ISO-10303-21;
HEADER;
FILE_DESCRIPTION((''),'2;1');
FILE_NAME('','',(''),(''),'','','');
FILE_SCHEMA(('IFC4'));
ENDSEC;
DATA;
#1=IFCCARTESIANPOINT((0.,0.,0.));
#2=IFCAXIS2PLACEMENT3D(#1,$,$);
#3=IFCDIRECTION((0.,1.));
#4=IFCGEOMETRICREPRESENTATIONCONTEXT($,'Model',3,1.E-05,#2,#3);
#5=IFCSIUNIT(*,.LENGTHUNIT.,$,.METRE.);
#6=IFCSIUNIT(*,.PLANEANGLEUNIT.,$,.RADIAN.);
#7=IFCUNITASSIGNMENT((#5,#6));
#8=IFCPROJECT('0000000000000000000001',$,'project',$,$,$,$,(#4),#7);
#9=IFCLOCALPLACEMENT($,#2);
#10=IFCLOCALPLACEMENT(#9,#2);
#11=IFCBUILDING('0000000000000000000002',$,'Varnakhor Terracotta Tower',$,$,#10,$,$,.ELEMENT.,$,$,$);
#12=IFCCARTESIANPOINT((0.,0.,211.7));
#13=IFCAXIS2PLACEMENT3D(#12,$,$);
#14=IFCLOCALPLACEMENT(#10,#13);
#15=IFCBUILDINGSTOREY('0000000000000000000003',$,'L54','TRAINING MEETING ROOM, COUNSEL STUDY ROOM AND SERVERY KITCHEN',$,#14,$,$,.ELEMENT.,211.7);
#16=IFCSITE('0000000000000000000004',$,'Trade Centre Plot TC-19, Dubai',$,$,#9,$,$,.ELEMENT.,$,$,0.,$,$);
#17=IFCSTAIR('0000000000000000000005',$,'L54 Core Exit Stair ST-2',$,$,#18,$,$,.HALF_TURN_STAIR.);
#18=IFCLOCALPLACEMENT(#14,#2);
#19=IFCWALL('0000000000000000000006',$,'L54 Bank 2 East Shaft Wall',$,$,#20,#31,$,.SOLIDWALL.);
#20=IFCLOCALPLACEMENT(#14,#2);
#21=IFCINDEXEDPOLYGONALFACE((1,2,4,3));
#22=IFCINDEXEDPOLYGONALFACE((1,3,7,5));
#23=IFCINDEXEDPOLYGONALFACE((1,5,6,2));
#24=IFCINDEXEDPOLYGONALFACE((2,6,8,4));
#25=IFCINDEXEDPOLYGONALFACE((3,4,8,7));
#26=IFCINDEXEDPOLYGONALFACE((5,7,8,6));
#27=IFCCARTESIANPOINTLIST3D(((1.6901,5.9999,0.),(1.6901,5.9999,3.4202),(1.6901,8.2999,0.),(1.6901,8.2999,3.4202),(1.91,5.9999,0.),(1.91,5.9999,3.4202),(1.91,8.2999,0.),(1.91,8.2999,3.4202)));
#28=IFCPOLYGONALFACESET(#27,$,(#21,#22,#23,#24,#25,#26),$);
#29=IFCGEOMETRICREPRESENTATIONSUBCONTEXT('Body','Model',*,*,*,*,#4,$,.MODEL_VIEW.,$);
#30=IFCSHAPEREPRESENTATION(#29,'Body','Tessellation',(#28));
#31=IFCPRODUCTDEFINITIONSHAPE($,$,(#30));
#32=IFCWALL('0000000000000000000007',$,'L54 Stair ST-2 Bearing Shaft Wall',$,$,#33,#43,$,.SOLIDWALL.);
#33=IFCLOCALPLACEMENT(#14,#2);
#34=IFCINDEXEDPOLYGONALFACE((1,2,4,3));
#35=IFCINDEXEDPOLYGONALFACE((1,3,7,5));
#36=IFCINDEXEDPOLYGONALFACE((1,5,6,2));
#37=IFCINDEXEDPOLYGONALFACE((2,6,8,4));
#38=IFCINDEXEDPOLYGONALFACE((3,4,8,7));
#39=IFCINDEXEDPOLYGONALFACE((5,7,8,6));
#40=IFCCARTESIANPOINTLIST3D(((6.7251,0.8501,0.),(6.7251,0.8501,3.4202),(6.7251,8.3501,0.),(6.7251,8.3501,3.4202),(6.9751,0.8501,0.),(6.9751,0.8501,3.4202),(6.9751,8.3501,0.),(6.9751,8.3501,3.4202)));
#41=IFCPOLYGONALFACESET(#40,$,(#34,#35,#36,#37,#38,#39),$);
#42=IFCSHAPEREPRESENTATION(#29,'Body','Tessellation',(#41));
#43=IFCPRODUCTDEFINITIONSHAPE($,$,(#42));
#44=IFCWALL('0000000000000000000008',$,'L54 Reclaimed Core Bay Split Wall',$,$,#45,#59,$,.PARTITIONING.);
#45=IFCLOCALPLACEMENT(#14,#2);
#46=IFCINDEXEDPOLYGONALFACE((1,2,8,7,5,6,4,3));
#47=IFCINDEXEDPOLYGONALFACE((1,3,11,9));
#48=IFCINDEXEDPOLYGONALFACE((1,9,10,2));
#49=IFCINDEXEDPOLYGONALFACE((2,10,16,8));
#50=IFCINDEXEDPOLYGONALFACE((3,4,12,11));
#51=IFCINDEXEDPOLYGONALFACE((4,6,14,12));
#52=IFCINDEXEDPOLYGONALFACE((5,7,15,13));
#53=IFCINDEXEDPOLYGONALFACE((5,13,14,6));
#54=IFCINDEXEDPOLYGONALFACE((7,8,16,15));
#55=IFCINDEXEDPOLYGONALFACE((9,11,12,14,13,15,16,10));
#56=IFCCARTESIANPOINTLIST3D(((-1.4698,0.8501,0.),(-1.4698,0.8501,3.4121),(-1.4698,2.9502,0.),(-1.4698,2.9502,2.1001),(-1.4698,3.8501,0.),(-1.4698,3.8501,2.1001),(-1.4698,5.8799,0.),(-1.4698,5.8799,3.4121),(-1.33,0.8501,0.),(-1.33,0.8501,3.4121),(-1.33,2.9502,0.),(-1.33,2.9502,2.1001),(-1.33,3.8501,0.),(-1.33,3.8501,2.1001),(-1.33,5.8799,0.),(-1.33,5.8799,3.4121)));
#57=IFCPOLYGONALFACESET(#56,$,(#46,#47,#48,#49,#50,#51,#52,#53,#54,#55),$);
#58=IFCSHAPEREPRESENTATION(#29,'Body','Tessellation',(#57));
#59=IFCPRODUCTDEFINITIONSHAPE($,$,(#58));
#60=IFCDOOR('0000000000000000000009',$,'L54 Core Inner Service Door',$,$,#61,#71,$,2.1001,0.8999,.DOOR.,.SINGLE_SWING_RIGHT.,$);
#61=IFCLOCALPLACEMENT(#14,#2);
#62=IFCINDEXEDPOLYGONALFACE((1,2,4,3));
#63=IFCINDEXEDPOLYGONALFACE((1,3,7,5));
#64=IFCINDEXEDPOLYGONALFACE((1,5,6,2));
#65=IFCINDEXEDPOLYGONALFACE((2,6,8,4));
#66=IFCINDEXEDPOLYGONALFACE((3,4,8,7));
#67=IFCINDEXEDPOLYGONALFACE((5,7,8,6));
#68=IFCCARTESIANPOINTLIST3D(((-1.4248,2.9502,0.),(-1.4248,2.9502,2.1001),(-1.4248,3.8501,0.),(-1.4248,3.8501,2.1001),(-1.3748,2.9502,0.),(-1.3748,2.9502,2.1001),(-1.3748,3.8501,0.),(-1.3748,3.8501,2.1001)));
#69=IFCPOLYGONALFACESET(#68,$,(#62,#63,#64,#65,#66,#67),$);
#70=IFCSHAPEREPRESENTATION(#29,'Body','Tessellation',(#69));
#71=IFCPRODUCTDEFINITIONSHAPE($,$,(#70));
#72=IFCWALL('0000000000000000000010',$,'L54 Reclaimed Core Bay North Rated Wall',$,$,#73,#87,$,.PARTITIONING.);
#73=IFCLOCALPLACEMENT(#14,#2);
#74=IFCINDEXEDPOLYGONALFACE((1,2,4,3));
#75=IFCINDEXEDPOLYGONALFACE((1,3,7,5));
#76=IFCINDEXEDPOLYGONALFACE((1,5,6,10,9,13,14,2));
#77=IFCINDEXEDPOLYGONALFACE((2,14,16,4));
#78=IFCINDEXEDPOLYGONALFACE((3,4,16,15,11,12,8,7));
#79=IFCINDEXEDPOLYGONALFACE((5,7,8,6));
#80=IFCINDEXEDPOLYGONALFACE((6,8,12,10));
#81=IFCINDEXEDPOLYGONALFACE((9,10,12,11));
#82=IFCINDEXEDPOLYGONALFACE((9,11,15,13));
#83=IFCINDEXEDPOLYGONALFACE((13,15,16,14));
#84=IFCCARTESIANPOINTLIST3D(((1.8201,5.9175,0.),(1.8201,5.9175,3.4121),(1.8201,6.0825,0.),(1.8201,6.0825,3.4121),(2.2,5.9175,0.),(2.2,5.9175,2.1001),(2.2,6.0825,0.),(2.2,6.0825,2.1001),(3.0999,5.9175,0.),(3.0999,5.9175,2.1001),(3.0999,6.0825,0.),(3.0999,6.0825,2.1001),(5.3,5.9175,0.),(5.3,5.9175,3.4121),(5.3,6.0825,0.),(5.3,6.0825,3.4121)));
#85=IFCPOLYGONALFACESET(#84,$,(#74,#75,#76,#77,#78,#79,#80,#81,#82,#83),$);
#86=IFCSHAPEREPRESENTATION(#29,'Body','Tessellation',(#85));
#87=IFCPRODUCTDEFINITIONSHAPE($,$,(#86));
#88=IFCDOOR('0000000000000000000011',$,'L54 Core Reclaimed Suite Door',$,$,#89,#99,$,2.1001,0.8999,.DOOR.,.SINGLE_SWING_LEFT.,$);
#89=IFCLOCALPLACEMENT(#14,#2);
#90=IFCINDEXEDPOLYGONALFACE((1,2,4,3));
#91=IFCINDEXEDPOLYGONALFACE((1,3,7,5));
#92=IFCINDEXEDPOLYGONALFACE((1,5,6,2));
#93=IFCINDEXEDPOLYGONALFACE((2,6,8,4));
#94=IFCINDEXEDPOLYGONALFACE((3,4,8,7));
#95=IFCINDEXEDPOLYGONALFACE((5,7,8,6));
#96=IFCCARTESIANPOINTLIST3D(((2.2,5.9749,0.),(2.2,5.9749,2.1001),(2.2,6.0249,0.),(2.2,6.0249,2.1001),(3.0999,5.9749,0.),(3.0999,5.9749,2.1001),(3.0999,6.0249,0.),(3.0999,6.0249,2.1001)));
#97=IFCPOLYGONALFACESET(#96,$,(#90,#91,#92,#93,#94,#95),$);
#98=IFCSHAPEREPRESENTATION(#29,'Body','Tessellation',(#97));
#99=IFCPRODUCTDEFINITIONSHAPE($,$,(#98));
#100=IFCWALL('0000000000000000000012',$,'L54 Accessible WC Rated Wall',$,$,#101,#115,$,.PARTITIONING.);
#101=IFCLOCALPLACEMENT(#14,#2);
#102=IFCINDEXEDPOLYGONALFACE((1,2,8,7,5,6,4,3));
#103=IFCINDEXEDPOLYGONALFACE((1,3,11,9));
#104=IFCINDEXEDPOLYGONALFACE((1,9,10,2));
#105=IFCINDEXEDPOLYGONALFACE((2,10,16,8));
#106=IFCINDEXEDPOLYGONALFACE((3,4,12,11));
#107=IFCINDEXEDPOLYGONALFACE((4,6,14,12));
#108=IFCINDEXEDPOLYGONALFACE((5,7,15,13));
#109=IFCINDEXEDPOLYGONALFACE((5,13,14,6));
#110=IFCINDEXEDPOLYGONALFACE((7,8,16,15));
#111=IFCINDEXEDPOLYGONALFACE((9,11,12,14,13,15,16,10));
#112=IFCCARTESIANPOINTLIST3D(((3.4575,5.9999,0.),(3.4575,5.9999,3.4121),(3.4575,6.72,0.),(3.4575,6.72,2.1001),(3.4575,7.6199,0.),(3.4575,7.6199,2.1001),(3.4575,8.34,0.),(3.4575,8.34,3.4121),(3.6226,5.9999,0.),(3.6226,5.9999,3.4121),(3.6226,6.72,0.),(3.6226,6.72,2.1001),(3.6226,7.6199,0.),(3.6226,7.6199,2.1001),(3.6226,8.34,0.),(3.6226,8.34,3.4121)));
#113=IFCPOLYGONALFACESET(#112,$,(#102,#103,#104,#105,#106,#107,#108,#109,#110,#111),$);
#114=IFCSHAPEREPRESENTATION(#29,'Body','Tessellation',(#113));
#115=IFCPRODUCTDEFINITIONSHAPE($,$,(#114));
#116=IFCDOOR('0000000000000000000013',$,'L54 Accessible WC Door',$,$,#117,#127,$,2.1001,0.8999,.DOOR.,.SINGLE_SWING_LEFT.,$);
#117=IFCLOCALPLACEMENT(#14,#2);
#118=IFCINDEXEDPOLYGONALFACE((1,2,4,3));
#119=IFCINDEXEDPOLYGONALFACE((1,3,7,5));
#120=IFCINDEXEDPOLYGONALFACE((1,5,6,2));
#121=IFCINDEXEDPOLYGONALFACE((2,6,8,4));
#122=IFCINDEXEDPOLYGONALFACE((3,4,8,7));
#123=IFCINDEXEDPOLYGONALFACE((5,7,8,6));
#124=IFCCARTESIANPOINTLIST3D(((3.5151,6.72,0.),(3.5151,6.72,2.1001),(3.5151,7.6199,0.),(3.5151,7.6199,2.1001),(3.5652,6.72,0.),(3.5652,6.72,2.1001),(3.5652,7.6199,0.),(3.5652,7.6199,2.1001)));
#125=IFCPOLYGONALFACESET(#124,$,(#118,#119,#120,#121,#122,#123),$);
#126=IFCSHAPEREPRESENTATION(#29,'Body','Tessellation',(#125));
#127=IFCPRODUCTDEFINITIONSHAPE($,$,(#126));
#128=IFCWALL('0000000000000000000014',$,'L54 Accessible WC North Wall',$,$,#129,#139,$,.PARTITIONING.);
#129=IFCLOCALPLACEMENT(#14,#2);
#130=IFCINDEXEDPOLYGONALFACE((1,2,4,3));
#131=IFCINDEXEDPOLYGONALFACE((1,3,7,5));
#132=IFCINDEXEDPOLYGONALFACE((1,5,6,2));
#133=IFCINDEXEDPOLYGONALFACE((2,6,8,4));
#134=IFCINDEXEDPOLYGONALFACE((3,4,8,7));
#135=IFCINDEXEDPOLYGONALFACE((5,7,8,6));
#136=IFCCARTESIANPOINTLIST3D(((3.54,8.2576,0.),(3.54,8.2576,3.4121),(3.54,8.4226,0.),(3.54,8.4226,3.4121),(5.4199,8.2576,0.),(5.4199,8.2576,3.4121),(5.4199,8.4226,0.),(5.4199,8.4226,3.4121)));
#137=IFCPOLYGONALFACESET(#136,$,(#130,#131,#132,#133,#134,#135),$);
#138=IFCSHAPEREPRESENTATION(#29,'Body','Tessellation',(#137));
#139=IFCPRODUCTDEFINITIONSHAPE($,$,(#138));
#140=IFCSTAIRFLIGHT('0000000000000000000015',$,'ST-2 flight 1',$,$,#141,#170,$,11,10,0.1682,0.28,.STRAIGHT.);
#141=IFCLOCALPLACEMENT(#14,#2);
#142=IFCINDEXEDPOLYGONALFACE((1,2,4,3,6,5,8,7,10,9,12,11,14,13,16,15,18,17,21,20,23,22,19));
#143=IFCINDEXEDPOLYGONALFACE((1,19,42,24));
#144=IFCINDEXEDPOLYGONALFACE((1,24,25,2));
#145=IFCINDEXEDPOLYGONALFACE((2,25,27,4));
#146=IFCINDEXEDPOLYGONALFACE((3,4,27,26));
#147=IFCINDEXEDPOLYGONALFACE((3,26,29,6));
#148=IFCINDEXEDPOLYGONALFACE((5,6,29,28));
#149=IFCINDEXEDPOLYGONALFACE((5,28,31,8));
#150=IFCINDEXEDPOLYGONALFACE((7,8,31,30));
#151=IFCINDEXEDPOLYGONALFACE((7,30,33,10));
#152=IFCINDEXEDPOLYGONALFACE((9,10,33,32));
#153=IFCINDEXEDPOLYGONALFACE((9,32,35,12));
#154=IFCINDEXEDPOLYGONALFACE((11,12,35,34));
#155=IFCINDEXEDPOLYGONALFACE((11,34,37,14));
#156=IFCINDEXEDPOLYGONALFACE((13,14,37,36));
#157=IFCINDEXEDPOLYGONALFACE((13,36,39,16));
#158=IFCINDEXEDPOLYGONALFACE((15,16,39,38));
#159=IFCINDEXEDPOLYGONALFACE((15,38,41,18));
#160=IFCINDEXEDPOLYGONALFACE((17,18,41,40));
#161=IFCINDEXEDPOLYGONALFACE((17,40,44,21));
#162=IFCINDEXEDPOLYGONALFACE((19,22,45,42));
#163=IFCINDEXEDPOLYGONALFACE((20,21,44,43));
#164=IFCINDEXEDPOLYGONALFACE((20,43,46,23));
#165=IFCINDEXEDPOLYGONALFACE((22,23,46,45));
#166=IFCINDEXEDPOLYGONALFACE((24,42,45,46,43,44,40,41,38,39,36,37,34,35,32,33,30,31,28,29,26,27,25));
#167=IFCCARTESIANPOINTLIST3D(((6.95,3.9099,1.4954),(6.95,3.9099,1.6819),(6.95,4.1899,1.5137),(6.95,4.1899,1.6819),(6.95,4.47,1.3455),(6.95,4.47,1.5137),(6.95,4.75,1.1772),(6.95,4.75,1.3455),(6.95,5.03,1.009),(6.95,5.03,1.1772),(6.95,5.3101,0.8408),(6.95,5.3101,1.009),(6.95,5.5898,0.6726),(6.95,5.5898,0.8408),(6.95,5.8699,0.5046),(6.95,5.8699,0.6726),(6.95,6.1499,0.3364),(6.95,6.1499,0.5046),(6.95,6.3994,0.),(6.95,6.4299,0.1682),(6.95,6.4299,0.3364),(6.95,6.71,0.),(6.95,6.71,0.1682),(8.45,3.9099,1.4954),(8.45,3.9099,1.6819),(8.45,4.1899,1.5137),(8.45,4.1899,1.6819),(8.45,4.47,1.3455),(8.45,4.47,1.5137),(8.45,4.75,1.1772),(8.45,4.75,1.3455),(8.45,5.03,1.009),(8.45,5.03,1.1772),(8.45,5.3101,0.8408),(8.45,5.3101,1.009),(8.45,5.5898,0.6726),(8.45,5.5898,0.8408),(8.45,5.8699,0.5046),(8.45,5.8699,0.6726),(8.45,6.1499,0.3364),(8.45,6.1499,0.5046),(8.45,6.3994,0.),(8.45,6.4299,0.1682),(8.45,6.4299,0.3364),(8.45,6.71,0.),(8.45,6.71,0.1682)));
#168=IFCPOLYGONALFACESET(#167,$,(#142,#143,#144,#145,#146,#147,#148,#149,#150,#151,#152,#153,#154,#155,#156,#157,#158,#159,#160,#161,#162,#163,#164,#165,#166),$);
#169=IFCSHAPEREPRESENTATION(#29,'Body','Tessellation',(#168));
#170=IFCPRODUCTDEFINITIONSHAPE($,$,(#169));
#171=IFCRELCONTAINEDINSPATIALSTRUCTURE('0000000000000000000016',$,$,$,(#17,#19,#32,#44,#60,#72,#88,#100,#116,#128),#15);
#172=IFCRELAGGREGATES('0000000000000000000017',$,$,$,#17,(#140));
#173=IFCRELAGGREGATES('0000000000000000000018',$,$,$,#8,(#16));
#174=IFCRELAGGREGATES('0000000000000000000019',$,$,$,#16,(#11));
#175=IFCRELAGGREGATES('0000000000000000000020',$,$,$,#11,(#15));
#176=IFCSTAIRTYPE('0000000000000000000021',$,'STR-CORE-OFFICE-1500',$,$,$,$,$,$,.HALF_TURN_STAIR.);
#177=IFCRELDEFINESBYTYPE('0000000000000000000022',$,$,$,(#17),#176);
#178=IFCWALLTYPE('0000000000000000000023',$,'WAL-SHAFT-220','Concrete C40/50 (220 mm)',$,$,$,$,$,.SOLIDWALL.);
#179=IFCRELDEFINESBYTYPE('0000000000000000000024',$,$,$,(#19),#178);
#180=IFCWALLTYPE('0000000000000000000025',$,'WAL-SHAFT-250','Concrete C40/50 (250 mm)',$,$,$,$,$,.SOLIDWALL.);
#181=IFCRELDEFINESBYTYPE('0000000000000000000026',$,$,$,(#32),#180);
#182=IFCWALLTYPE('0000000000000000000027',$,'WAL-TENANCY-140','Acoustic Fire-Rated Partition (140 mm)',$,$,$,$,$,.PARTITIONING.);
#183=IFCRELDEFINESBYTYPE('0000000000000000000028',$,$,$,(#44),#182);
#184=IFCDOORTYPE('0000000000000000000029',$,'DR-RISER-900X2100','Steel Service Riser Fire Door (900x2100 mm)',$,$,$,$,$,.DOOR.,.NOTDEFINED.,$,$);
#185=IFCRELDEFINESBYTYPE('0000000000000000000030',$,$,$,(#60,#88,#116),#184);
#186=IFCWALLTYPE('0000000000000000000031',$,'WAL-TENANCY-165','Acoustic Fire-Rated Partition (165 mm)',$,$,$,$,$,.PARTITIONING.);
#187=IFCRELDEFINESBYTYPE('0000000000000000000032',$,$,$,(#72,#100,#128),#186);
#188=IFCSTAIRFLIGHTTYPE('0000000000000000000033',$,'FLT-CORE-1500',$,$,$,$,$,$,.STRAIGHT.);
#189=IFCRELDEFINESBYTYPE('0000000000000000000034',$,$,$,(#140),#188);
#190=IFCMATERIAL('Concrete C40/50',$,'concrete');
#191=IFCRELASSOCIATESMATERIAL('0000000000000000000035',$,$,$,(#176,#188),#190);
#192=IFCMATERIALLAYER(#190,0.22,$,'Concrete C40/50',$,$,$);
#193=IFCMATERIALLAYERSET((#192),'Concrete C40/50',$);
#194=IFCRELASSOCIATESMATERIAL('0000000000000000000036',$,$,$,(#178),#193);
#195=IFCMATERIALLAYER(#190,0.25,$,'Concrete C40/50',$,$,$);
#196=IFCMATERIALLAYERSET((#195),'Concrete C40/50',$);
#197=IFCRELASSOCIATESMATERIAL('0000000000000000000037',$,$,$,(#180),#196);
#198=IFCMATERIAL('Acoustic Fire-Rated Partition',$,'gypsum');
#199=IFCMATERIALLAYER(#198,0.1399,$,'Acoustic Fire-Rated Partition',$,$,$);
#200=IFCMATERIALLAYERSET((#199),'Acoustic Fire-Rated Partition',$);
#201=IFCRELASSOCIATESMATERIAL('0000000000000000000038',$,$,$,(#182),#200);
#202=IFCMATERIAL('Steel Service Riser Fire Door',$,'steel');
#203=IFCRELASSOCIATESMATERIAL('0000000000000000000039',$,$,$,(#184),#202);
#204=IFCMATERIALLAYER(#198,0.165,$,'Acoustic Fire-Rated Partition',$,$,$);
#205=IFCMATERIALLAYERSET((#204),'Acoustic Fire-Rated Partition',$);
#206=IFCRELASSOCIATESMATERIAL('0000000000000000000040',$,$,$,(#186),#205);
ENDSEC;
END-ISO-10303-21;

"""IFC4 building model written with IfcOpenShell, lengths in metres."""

from ifc_helpers import new_model, si_unit, direction, frame, frame_2d, origin, place, context, subcontext, project, spatial, polyline, rectangle, outline, extrude, source, transform, mapped, material, layer, layer_set, type_object, type_shapes, element, fill, aggregate, save


model = new_model("IFC4")

# Units and contexts
model_context = context("Model", 3, precision=1e-05, world=origin(), true_north=direction((0.0, 1.0)))
body_context = subcontext(model_context, "Body", "Model", "MODEL_VIEW")
ifc_project = project(units=[si_unit("LENGTHUNIT", "METRE"), si_unit("PLANEANGLEUNIT", "RADIAN")], contexts=[model_context])

# Site, building, storey
site_placement = place(None, origin())
site = spatial("IfcSite", under=ifc_project, at=site_placement, Name="Trade Centre Plot TC-19, Dubai", CompositionType="ELEMENT", RefElevation=0.0)
building_placement = place(site_placement, origin())
building = spatial("IfcBuilding", under=site, at=building_placement, Name="Varnakhor Terracotta Tower", CompositionType="ELEMENT")
storey_placement = place(building_placement, frame((0.0, 0.0, 211.7)))
storey = spatial("IfcBuildingStorey", under=building, at=storey_placement, Name="L54", Description="TRAINING MEETING ROOM, COUNSEL STUDY ROOM AND SERVERY KITCHEN", CompositionType="ELEMENT", Elevation=211.7)

# Stair
ifc_material_1 = material(Name="Concrete C40/50", Category="concrete")
stair_type = type_object("IfcStairType", Name="STR-CORE-OFFICE-1500", PredefinedType="HALF_TURN_STAIR", material=ifc_material_1)
stair_1_placement = place(storey_placement, origin())
stair_1 = element("IfcStair", 1, at=stair_1_placement, inside=storey, type_object=stair_type, Name="L54 Core Exit Stair ST-2", PredefinedType="HALF_TURN_STAIR")

# Walls
ifc_layer_1 = layer(ifc_material_1, 0.22, Name="Concrete C40/50")
ifc_layer_set_1 = layer_set([ifc_layer_1], Name="Concrete C40/50")
wall_type_1 = type_object("IfcWallType", Name="WAL-SHAFT-220", Description="Concrete C40/50 (220 mm)", PredefinedType="SOLIDWALL", material=ifc_layer_set_1)
wall_1_placement = place(storey_placement, frame((1.8, 6.0, 0.0), z_axis=(0.0, 0.0, 1.0), x_axis=(0.0, 1.0, 0.0)))
element("IfcWall", 2, at=wall_1_placement, inside=storey, type_object=wall_type_1, Name="L54 Bank 2 East Shaft Wall", PredefinedType="SOLIDWALL", context=body_context, shape_type="SweptSolid", body=[
    extrude(rectangle(XDim=2.3, YDim=0.22, at=frame_2d((1.1499, 0.0))), origin(), (0.0, 0.0, 1.0), 3.4202),
])
ifc_layer_2 = layer(ifc_material_1, 0.25, Name="Concrete C40/50")
ifc_layer_set_2 = layer_set([ifc_layer_2], Name="Concrete C40/50")
wall_type_2 = type_object("IfcWallType", Name="WAL-SHAFT-250", Description="Concrete C40/50 (250 mm)", PredefinedType="SOLIDWALL", material=ifc_layer_set_2)
wall_2_placement = place(storey_placement, frame((6.8501, 0.8501, 0.0), z_axis=(0.0, 0.0, 1.0), x_axis=(0.0, 1.0, 0.0)))
element("IfcWall", 3, at=wall_2_placement, inside=storey, type_object=wall_type_2, Name="L54 Stair ST-2 Bearing Shaft Wall", PredefinedType="SOLIDWALL", context=body_context, shape_type="SweptSolid", body=[
    extrude(rectangle(XDim=7.5, YDim=0.25, at=frame_2d((3.75, 0.0))), origin(), (0.0, 0.0, 1.0), 3.4202),
])

# Walls, openings, doors
ifc_material_2 = material(Name="Acoustic Fire-Rated Partition", Category="gypsum")
ifc_layer_3 = layer(ifc_material_2, 0.1399, Name="Acoustic Fire-Rated Partition")
ifc_layer_set_3 = layer_set([ifc_layer_3], Name="Acoustic Fire-Rated Partition")
wall_type_3 = type_object("IfcWallType", Name="WAL-TENANCY-140", Description="Acoustic Fire-Rated Partition (140 mm)", PredefinedType="PARTITIONING", material=ifc_layer_set_3)
wall_3_placement = place(storey_placement, frame((-1.3999, 0.8501, 0.0), z_axis=(0.0, 0.0, 1.0), x_axis=(0.0, 1.0, 0.0)))
wall_3 = element("IfcWall", 4, at=wall_3_placement, inside=storey, type_object=wall_type_3, Name="L54 Reclaimed Core Bay Split Wall", PredefinedType="PARTITIONING", context=body_context, shape_type="SweptSolid", body=[
    extrude(rectangle(XDim=5.0298, YDim=0.1399, at=frame_2d((2.5149, 0.0))), origin(), (0.0, 0.0, 1.0), 3.4121),
])
opening_1_placement = place(wall_3_placement, frame((2.1001, 0.0, 0.0)))
opening_1 = element("IfcOpeningElement", 5, at=opening_1_placement, cuts=wall_3, PredefinedType="OPENING", context=body_context, shape_type="SweptSolid", body=[
    extrude(rectangle(XDim=0.8999, YDim=2.1001, at=frame_2d((0.45, 1.05))), frame((0.0, 0.0801, 0.0), z_axis=(0.0, -1.0, 0.0), x_axis=(1.0, 0.0, 0.0)), (0.0, 0.0, 1.0), 0.1599),
])
ifc_material_3 = material(Name="Steel Service Riser Fire Door", Category="steel")
door_type_1 = type_object("IfcDoorType", Name="DR-RISER-900X2100", Description="Steel Service Riser Fire Door (900x2100 mm)", OperationType="NOTDEFINED", PredefinedType="DOOR", material=ifc_material_3)
shared_shape_1 = source(origin(), body_context, "Body", "SweptSolid", [
    extrude(rectangle(XDim=0.8999, YDim=2.1001, at=frame_2d((0.45, 1.05))), frame((0.0, 0.0249, 0.0), z_axis=(0.0, -1.0, 0.0), x_axis=(1.0, 0.0, 0.0)), (0.0, 0.0, 1.0), 0.05),
])
type_shapes(door_type_1, [shared_shape_1])
door_1_placement = place(opening_1_placement, origin())
door_1 = element("IfcDoor", 6, at=door_1_placement, inside=storey, type_object=door_type_1, Name="L54 Core Inner Service Door", OperationType="SINGLE_SWING_RIGHT", OverallHeight=2.1001, OverallWidth=0.8999, PredefinedType="DOOR", context=body_context, shape_type="MappedRepresentation", body=[
    mapped(shared_shape_1, transform((0.0, 0.0, 0.0), scale=1.0)),
])
fill(opening_1, door_1)
ifc_layer_4 = layer(ifc_material_2, 0.165, Name="Acoustic Fire-Rated Partition")
ifc_layer_set_4 = layer_set([ifc_layer_4], Name="Acoustic Fire-Rated Partition")
wall_type_4 = type_object("IfcWallType", Name="WAL-TENANCY-165", Description="Acoustic Fire-Rated Partition (165 mm)", PredefinedType="PARTITIONING", material=ifc_layer_set_4)
wall_4_placement = place(storey_placement, frame((1.8201, 6.0, 0.0), z_axis=(0.0, 0.0, 1.0), x_axis=(1.0, 0.0, 0.0)))
wall_4 = element("IfcWall", 7, at=wall_4_placement, inside=storey, type_object=wall_type_4, Name="L54 Reclaimed Core Bay North Rated Wall", PredefinedType="PARTITIONING", context=body_context, shape_type="SweptSolid", body=[
    extrude(rectangle(XDim=3.48, YDim=0.165, at=frame_2d((1.74, 0.0))), origin(), (0.0, 0.0, 1.0), 3.4121),
])
opening_2_placement = place(wall_4_placement, frame((0.3799, 0.0, 0.0)))
opening_2 = element("IfcOpeningElement", 8, at=opening_2_placement, cuts=wall_4, PredefinedType="OPENING", context=body_context, shape_type="SweptSolid", body=[
    extrude(rectangle(XDim=0.8999, YDim=2.1001, at=frame_2d((0.45, 1.05))), frame((0.0, 0.0925, 0.0), z_axis=(0.0, -1.0, 0.0), x_axis=(1.0, 0.0, 0.0)), (0.0, 0.0, 1.0), 0.1851),
])
door_2_placement = place(opening_2_placement, origin())
door_2 = element("IfcDoor", 9, at=door_2_placement, inside=storey, type_object=door_type_1, Name="L54 Core Reclaimed Suite Door", OperationType="SINGLE_SWING_LEFT", OverallHeight=2.1001, OverallWidth=0.8999, PredefinedType="DOOR", context=body_context, shape_type="MappedRepresentation", body=[
    mapped(shared_shape_1, transform((0.0, 0.0, 0.0), scale=1.0)),
])
fill(opening_2, door_2)
wall_5_placement = place(storey_placement, frame((3.54, 6.0, 0.0), z_axis=(0.0, 0.0, 1.0), x_axis=(0.0, 1.0, 0.0)))
wall_5 = element("IfcWall", 10, at=wall_5_placement, inside=storey, type_object=wall_type_4, Name="L54 Accessible WC Rated Wall", PredefinedType="PARTITIONING", context=body_context, shape_type="SweptSolid", body=[
    extrude(rectangle(XDim=2.3401, YDim=0.165, at=frame_2d((1.1699, 0.0))), origin(), (0.0, 0.0, 1.0), 3.4121),
])
opening_3_placement = place(wall_5_placement, frame((0.72, 0.0, 0.0)))
opening_3 = element("IfcOpeningElement", 11, at=opening_3_placement, cuts=wall_5, PredefinedType="OPENING", context=body_context, shape_type="SweptSolid", body=[
    extrude(rectangle(XDim=0.8999, YDim=2.1001, at=frame_2d((0.45, 1.05))), frame((0.0, 0.0925, 0.0), z_axis=(0.0, -1.0, 0.0), x_axis=(1.0, 0.0, 0.0)), (0.0, 0.0, 1.0), 0.1851),
])
door_3_placement = place(opening_3_placement, origin())
door_3 = element("IfcDoor", 12, at=door_3_placement, inside=storey, type_object=door_type_1, Name="L54 Accessible WC Door", OperationType="SINGLE_SWING_LEFT", OverallHeight=2.1001, OverallWidth=0.8999, PredefinedType="DOOR", context=body_context, shape_type="MappedRepresentation", body=[
    mapped(shared_shape_1, transform((0.0, 0.0, 0.0), scale=1.0)),
])
fill(opening_3, door_3)

# Wall
wall_6_placement = place(storey_placement, frame((3.54, 8.3401, 0.0), z_axis=(0.0, 0.0, 1.0), x_axis=(1.0, 0.0, 0.0)))
element("IfcWall", 13, at=wall_6_placement, inside=storey, type_object=wall_type_4, Name="L54 Accessible WC North Wall", PredefinedType="PARTITIONING", context=body_context, shape_type="SweptSolid", body=[
    extrude(rectangle(XDim=1.8799, YDim=0.165, at=frame_2d((0.9399, 0.0))), origin(), (0.0, 0.0, 1.0), 3.4121),
])

# Stair flight
stair_flight_type = type_object("IfcStairFlightType", Name="FLT-CORE-1500", PredefinedType="STRAIGHT", material=ifc_material_1)
stair_flight_1_placement = place(storey_placement, frame((7.7, 6.71, 0.0), z_axis=(0.0, 0.0, 1.0), x_axis=(0.0, -1.0, 0.0)))
stair_flight_1 = element("IfcStairFlight", 14, at=stair_flight_1_placement, type_object=stair_flight_type, Name="ST-2 flight 1", NumberOfRisers=11, NumberOfTreads=10, PredefinedType="STRAIGHT", RiserHeight=0.1682, TreadLength=0.28, context=body_context, shape_type="SweptSolid", body=[
    extrude(outline(polyline([(0.0, 0.0), (0.0, 0.1682), (0.28, 0.1682), (0.28, 0.3364), (0.5601, 0.3364), (0.5601, 0.5046), (0.8401, 0.5046), (0.8401, 0.6726), (1.1201, 0.6726), (1.1201, 0.8408), (1.3999, 0.8408), (1.3999, 1.009), (1.6799, 1.009), (1.6799, 1.1772), (1.96, 1.1772), (1.96, 1.3455), (2.24, 1.3455), (2.24, 1.5137), (2.52, 1.5137), (2.52, 1.6819), (2.8, 1.6819), (2.8, 1.8501), (2.8, 1.4954), (0.3105, 0.0), (0.0, 0.0)])), frame((0.0, 0.75, 0.0), z_axis=(0.0, -1.0, 0.0), x_axis=(1.0, 0.0, 0.0)), (0.0, 0.0, 1.0), 1.5),
])
aggregate(stair_1, [stair_flight_1])

save(model, "model.ifc")
